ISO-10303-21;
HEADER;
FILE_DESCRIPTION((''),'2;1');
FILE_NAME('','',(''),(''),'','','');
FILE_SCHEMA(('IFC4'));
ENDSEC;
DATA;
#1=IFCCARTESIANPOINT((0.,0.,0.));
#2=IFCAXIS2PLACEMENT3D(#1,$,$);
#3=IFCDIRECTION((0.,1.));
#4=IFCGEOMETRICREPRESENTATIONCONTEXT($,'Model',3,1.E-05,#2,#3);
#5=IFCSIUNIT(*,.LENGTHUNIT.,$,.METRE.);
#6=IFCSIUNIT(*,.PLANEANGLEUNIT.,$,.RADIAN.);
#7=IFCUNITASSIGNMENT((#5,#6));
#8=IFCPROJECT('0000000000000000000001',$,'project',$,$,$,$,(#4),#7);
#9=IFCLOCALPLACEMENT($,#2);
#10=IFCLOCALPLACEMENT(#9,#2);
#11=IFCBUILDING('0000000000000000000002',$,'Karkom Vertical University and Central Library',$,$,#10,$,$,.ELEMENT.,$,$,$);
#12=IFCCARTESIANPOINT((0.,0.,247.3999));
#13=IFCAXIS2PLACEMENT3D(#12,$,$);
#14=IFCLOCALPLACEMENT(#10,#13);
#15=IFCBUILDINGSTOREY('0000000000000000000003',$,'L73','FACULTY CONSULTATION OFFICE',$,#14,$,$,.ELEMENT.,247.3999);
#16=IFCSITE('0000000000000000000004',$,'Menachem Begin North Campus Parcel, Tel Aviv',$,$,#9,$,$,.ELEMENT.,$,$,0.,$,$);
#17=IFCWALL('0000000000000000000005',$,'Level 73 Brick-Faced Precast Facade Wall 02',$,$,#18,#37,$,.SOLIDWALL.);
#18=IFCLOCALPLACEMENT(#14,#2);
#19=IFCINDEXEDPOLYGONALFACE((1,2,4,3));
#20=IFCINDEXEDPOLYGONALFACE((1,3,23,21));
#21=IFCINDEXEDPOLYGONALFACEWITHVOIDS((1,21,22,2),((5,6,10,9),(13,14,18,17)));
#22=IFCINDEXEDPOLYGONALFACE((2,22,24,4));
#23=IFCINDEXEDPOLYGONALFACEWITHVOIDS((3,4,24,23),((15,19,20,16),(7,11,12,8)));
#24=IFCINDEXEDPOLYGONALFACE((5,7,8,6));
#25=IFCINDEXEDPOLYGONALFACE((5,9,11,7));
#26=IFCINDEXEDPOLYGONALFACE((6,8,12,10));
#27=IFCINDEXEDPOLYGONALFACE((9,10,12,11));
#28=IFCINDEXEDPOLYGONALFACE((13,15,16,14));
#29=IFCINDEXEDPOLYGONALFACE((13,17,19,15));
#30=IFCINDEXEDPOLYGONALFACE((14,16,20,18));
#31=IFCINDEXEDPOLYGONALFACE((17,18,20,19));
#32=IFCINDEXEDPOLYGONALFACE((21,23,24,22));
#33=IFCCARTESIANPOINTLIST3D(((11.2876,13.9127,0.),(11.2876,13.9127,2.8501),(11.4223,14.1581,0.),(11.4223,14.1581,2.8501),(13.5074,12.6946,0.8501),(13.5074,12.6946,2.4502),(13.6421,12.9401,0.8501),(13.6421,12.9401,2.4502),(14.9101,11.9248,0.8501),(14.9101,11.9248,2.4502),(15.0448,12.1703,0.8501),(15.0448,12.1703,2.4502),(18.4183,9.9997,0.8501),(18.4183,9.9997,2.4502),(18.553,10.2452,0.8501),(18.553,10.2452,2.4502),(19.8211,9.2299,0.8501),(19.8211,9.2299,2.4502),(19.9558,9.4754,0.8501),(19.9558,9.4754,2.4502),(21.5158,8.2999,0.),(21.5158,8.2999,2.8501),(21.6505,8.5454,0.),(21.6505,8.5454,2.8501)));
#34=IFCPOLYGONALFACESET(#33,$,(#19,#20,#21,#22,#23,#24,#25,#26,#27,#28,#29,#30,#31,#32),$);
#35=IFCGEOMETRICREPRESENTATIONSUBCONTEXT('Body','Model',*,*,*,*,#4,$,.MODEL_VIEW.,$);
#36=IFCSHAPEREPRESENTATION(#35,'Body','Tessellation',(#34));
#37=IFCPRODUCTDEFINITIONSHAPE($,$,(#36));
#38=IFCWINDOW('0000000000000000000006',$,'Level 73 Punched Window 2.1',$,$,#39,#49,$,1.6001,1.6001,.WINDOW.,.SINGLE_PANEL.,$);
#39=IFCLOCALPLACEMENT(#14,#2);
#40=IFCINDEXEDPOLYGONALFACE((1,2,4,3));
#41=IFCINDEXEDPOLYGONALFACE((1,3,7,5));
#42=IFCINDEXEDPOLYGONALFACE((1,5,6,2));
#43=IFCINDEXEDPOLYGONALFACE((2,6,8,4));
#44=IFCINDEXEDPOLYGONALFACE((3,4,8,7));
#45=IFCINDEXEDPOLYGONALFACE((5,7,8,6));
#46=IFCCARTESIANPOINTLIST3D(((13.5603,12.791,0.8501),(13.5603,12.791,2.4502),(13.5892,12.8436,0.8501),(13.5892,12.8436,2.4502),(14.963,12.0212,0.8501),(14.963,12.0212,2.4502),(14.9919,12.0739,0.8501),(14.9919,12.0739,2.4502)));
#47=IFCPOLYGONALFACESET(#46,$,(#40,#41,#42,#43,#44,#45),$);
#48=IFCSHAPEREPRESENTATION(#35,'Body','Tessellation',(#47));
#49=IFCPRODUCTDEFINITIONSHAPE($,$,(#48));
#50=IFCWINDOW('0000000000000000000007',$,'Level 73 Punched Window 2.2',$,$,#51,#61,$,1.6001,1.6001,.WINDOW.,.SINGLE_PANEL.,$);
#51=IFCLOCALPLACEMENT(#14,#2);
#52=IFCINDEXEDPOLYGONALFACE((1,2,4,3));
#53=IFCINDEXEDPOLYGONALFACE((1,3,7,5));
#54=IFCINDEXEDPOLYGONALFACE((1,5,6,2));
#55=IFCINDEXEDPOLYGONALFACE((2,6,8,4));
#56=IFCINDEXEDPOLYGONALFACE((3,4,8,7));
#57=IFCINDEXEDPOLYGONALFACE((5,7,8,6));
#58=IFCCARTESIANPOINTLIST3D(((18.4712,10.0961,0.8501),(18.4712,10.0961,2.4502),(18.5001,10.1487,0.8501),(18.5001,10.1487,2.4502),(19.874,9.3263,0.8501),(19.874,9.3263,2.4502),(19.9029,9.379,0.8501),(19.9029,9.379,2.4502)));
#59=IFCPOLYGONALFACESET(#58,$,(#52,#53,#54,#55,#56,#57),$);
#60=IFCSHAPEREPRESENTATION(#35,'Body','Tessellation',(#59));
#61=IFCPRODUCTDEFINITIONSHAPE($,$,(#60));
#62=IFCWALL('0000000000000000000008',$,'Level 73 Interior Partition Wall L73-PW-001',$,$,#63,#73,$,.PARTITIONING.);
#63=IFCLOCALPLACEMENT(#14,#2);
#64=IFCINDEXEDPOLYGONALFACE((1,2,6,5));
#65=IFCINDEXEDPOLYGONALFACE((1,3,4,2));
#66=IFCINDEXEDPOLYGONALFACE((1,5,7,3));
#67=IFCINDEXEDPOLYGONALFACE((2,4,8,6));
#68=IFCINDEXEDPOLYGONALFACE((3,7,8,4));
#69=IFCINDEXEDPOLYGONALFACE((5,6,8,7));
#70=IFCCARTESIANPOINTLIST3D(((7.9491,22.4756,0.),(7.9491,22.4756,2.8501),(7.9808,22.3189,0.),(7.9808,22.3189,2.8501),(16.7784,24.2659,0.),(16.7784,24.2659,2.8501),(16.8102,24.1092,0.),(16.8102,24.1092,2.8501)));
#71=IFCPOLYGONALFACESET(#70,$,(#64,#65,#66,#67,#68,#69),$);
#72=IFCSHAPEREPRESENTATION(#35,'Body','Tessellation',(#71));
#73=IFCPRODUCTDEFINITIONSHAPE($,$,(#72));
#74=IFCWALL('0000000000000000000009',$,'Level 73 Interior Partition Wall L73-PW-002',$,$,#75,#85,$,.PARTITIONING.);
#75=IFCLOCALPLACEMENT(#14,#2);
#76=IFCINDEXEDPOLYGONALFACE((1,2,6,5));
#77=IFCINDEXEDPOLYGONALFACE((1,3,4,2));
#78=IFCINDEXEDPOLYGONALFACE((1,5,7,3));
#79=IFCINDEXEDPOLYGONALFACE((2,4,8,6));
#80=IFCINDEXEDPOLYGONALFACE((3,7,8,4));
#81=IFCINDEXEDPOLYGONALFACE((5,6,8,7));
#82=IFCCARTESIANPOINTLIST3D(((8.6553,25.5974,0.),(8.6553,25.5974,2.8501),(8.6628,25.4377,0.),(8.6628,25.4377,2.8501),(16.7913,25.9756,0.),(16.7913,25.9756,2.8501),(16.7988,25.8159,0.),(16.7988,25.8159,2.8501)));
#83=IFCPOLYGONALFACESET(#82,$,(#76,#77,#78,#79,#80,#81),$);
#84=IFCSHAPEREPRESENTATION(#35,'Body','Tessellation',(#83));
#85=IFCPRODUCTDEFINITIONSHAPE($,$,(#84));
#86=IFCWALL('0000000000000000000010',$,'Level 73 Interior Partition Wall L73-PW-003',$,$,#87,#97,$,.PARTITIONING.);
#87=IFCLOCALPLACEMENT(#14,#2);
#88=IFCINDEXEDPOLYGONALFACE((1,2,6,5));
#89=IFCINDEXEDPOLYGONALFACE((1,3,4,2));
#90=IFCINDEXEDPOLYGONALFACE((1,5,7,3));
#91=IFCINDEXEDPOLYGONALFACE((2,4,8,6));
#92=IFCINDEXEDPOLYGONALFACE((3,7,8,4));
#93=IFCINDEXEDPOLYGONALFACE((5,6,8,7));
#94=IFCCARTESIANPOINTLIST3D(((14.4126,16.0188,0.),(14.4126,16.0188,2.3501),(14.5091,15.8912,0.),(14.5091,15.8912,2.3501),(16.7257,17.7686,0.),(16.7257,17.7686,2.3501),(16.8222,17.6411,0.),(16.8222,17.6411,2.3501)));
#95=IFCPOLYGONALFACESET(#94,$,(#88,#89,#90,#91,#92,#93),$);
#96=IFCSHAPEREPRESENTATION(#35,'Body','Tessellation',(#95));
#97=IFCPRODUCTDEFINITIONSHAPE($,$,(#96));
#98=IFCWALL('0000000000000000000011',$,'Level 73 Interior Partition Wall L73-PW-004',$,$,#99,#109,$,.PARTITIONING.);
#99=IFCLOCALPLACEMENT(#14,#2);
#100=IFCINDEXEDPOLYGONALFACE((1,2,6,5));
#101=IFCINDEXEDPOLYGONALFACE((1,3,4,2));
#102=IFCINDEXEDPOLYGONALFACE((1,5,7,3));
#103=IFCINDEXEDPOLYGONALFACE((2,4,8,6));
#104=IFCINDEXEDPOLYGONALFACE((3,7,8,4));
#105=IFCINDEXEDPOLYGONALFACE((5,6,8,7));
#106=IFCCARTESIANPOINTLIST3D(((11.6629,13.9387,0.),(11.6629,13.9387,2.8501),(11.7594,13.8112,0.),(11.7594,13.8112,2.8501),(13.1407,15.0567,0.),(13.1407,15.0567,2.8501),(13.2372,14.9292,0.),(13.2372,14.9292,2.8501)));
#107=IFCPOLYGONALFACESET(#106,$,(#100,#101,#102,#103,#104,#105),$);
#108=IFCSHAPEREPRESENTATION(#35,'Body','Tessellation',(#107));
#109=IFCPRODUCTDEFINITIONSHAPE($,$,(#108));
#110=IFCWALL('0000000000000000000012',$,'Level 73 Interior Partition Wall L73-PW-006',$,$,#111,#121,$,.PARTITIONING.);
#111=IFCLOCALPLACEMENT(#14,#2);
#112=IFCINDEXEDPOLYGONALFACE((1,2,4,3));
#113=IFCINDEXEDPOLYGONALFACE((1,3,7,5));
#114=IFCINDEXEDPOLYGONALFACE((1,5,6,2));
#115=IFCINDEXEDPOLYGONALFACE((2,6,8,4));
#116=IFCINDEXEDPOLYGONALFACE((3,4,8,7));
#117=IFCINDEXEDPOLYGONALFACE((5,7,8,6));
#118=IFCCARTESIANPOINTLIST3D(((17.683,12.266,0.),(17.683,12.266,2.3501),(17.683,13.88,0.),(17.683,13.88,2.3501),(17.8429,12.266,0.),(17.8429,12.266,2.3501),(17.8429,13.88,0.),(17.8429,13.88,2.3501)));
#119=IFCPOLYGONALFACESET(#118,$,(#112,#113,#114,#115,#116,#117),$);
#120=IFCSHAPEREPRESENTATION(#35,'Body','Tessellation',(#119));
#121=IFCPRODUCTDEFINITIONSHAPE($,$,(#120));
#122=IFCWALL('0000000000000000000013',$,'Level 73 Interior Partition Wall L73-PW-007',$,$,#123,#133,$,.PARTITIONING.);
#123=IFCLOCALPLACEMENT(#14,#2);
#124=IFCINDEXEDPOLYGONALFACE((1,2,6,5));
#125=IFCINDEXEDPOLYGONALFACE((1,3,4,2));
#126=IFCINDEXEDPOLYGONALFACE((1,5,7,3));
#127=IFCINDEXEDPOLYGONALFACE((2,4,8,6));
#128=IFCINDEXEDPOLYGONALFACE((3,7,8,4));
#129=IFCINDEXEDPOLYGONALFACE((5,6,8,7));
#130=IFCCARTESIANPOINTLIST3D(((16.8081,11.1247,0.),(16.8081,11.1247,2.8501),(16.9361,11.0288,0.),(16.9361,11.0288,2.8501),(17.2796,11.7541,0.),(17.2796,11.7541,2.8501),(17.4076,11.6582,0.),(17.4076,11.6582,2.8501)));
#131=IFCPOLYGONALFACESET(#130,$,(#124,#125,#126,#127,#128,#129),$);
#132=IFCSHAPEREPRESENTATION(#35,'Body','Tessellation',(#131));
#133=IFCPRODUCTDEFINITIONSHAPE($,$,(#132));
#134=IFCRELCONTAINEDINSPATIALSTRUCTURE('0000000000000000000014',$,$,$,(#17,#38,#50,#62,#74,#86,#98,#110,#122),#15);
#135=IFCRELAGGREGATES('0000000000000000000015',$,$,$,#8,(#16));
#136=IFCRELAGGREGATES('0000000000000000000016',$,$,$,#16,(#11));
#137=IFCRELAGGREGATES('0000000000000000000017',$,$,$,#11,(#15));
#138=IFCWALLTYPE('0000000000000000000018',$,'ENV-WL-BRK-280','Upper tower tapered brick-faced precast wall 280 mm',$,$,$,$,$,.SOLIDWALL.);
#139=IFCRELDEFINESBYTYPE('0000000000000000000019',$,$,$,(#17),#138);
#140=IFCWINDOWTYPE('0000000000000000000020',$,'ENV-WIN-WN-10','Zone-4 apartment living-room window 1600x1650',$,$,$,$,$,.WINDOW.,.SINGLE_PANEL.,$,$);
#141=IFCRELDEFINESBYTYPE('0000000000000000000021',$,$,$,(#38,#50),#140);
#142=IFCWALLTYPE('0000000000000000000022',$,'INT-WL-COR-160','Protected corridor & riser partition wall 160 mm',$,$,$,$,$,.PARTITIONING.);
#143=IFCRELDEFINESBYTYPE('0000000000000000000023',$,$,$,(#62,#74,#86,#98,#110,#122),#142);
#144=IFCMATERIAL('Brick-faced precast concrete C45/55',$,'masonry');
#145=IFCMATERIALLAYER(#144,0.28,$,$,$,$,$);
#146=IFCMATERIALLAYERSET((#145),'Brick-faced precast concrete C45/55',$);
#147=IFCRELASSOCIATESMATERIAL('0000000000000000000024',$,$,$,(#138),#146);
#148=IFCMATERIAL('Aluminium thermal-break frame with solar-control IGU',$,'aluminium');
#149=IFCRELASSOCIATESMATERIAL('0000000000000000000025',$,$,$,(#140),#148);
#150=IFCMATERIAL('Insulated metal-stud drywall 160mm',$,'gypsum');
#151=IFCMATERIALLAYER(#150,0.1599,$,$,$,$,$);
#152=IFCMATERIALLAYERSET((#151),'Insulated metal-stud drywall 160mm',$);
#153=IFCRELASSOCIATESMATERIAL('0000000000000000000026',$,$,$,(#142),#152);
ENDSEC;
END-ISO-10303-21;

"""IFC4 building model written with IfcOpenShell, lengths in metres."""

from ifc_helpers import new_model, si_unit, direction, frame, frame_2d, origin, origin_with_axes, place, context, subcontext, project, spatial, rectangle, extrude, source, transform, mapped, material, layer, layer_set, type_object, element, fill, save


model = new_model("IFC4")

# Units and contexts
model_context = context("Model", 3, precision=1e-05, world=origin(), true_north=direction((0.0, 1.0)))
body_context = subcontext(model_context, "Body", "Model", "MODEL_VIEW")
ifc_project = project(units=[si_unit("LENGTHUNIT", "METRE"), si_unit("PLANEANGLEUNIT", "RADIAN")], contexts=[model_context])

# Site, building, storey
site_placement = place(None, origin())
site = spatial("IfcSite", under=ifc_project, at=site_placement, Name="Menachem Begin North Campus Parcel, Tel Aviv", CompositionType="ELEMENT", RefElevation=0.0)
building_placement = place(site_placement, origin())
building = spatial("IfcBuilding", under=site, at=building_placement, Name="Karkom Vertical University and Central Library", CompositionType="ELEMENT")
storey_placement = place(building_placement, frame((0.0, 0.0, 247.3999)))
storey = spatial("IfcBuildingStorey", under=building, at=storey_placement, Name="L73", Description="FACULTY CONSULTATION OFFICE", CompositionType="ELEMENT", Elevation=247.3999)

# Wall, openings, windows
ifc_material_1 = material(Name="Brick-faced precast concrete C45/55", Category="masonry")
ifc_layer_1 = layer(ifc_material_1, 0.28)
ifc_layer_set_1 = layer_set([ifc_layer_1], Name="Brick-faced precast concrete C45/55")
wall_type_1 = type_object("IfcWallType", Name="ENV-WL-BRK-280", Description="Upper tower tapered brick-faced precast wall 280 mm", PredefinedType="SOLIDWALL", material=ifc_layer_set_1)
ifc_material_2 = material(Name="Aluminium thermal-break frame with solar-control IGU", Category="aluminium")
window_type = type_object("IfcWindowType", Name="ENV-WIN-WN-10", Description="Zone-4 apartment living-room window 1600x1650", PartitioningType="SINGLE_PANEL", PredefinedType="WINDOW", material=ifc_material_2)
shared_shape_1 = source(origin_with_axes(), body_context, "Body", "SweptSolid", [
    extrude(rectangle(XDim=1.6001, YDim=1.6001, at=frame_2d((0.8, 0.8))), frame((0.0, 0.03, 0.0), z_axis=(0.0, -1.0, 0.0), x_axis=(1.0, 0.0, 0.0)), (0.0, 0.0, 1.0), 0.0601),
])
wall_1_placement = place(storey_placement, frame((11.355, 14.0354, 0.0), z_axis=(0.0, 0.0, 1.0), x_axis=(0.876677, -0.481079, 0.0)))
wall_1 = element("IfcWall", 1, at=wall_1_placement, inside=storey, type_object=wall_type_1, Name="Level 73 Brick-Faced Precast Facade Wall 02", PredefinedType="SOLIDWALL", context=body_context, shape_type="SweptSolid", body=[
    extrude(rectangle(XDim=11.667, YDim=0.28, at=frame_2d((5.8335, 0.0))), origin(), (0.0, 0.0, 1.0), 2.8501),
])
opening_1_placement = place(wall_1_placement, frame((2.532, 0.0, 0.8501)))
opening_1 = element("IfcOpeningElement", 2, at=opening_1_placement, cuts=wall_1, PredefinedType="OPENING", context=body_context, shape_type="SweptSolid", body=[
    extrude(rectangle(XDim=1.6001, YDim=1.6001, at=frame_2d((0.8, 0.8))), frame((0.0, 0.1499, 0.0), z_axis=(0.0, -1.0, 0.0), x_axis=(1.0, 0.0, 0.0)), (0.0, 0.0, 1.0), 0.3),
])
opening_2_placement = place(wall_1_placement, frame((8.1338, 0.0, 0.8501)))
opening_2 = element("IfcOpeningElement", 3, at=opening_2_placement, cuts=wall_1, PredefinedType="OPENING", context=body_context, shape_type="SweptSolid", body=[
    extrude(rectangle(XDim=1.6001, YDim=1.6001, at=frame_2d((0.8, 0.8))), frame((0.0, 0.1499, 0.0), z_axis=(0.0, -1.0, 0.0), x_axis=(1.0, 0.0, 0.0)), (0.0, 0.0, 1.0), 0.3),
])
window_1_placement = place(opening_1_placement, origin())
window_1 = element("IfcWindow", 4, at=window_1_placement, inside=storey, type_object=window_type, Name="Level 73 Punched Window 2.1", OverallHeight=1.6001, OverallWidth=1.6001, PartitioningType="SINGLE_PANEL", PredefinedType="WINDOW", context=body_context, shape_type="MappedRepresentation", body=[
    mapped(shared_shape_1, transform((0.0, 0.0, 0.0), scale=1.0)),
])
fill(opening_1, window_1)
window_2_placement = place(opening_2_placement, origin())
window_2 = element("IfcWindow", 5, at=window_2_placement, inside=storey, type_object=window_type, Name="Level 73 Punched Window 2.2", OverallHeight=1.6001, OverallWidth=1.6001, PartitioningType="SINGLE_PANEL", PredefinedType="WINDOW", context=body_context, shape_type="MappedRepresentation", body=[
    mapped(shared_shape_1, transform((0.0, 0.0, 0.0), scale=1.0)),
])
fill(opening_2, window_2)

# Shared definitions
ifc_material_3 = material(Name="Insulated metal-stud drywall 160mm", Category="gypsum")
ifc_layer_2 = layer(ifc_material_3, 0.1599)
ifc_layer_set_2 = layer_set([ifc_layer_2], Name="Insulated metal-stud drywall 160mm")
wall_type_2 = type_object("IfcWallType", Name="INT-WL-COR-160", Description="Protected corridor & riser partition wall 160 mm", PredefinedType="PARTITIONING", material=ifc_layer_set_2)

# Walls
wall_2_placement = place(storey_placement, frame((16.7942, 24.1875, 0.0), z_axis=(0.0, 0.0, 1.0), x_axis=(-0.980056, -0.198721, 0.0)))
element("IfcWall", 6, at=wall_2_placement, inside=storey, type_object=wall_type_2, Name="Level 73 Interior Partition Wall L73-PW-001", PredefinedType="PARTITIONING", context=body_context, shape_type="SweptSolid", body=[
    extrude(rectangle(XDim=9.009, YDim=0.1599, at=frame_2d((4.5044, 0.0))), origin(), (0.0, 0.0, 1.0), 2.8501),
])
wall_3_placement = place(storey_placement, frame((8.6592, 25.5176, 0.0), z_axis=(0.0, 0.0, 1.0), x_axis=(0.998921, 0.046431, 0.0)))
element("IfcWall", 7, at=wall_3_placement, inside=storey, type_object=wall_type_2, Name="Level 73 Interior Partition Wall L73-PW-002", PredefinedType="PARTITIONING", context=body_context, shape_type="SweptSolid", body=[
    extrude(rectangle(XDim=8.1448, YDim=0.1599, at=frame_2d((4.0723, 0.0))), origin(), (0.0, 0.0, 1.0), 2.8501),
])
wall_4_placement = place(storey_placement, frame((16.7739, 17.7048, 0.0), z_axis=(0.0, 0.0, 1.0), x_axis=(-0.797508, -0.603308, 0.0)))
element("IfcWall", 8, at=wall_4_placement, inside=storey, type_object=wall_type_2, Name="Level 73 Interior Partition Wall L73-PW-003", PredefinedType="PARTITIONING", context=body_context, shape_type="SweptSolid", body=[
    extrude(rectangle(XDim=2.9004, YDim=0.1599, at=frame_2d((1.4502, 0.0))), origin(), (0.0, 0.0, 1.0), 2.3501),
])
wall_5_placement = place(storey_placement, frame((13.189, 14.9929, 0.0), z_axis=(0.0, 0.0, 1.0), x_axis=(-0.797511, -0.603305, 0.0)))
element("IfcWall", 9, at=wall_5_placement, inside=storey, type_object=wall_type_2, Name="Level 73 Interior Partition Wall L73-PW-004", PredefinedType="PARTITIONING", context=body_context, shape_type="SweptSolid", body=[
    extrude(rectangle(XDim=1.853, YDim=0.1599, at=frame_2d((0.9265, 0.0))), origin(), (0.0, 0.0, 1.0), 2.8501),
])
wall_6_placement = place(storey_placement, frame((17.7629, 12.2659, 0.0), z_axis=(0.0, 0.0, 1.0), x_axis=(0.0, 1.0, 0.0)))
element("IfcWall", 10, at=wall_6_placement, inside=storey, type_object=wall_type_2, Name="Level 73 Interior Partition Wall L73-PW-006", PredefinedType="PARTITIONING", context=body_context, shape_type="SweptSolid", body=[
    extrude(rectangle(XDim=1.614, YDim=0.1599, at=frame_2d((0.8071, 0.0))), origin(), (0.0, 0.0, 1.0), 2.3501),
])
wall_7_placement = place(storey_placement, frame((17.3435, 11.7061, 0.0), z_axis=(0.0, 0.0, 1.0), x_axis=(-0.599503, -0.800372, 0.0)))
element("IfcWall", 11, at=wall_7_placement, inside=storey, type_object=wall_type_2, Name="Level 73 Interior Partition Wall L73-PW-007", PredefinedType="PARTITIONING", context=body_context, shape_type="SweptSolid", body=[
    extrude(rectangle(XDim=0.7864, YDim=0.1599, at=frame_2d((0.3931, 0.0))), origin(), (0.0, 0.0, 1.0), 2.8501),
])

save(model, "model.ifc")
